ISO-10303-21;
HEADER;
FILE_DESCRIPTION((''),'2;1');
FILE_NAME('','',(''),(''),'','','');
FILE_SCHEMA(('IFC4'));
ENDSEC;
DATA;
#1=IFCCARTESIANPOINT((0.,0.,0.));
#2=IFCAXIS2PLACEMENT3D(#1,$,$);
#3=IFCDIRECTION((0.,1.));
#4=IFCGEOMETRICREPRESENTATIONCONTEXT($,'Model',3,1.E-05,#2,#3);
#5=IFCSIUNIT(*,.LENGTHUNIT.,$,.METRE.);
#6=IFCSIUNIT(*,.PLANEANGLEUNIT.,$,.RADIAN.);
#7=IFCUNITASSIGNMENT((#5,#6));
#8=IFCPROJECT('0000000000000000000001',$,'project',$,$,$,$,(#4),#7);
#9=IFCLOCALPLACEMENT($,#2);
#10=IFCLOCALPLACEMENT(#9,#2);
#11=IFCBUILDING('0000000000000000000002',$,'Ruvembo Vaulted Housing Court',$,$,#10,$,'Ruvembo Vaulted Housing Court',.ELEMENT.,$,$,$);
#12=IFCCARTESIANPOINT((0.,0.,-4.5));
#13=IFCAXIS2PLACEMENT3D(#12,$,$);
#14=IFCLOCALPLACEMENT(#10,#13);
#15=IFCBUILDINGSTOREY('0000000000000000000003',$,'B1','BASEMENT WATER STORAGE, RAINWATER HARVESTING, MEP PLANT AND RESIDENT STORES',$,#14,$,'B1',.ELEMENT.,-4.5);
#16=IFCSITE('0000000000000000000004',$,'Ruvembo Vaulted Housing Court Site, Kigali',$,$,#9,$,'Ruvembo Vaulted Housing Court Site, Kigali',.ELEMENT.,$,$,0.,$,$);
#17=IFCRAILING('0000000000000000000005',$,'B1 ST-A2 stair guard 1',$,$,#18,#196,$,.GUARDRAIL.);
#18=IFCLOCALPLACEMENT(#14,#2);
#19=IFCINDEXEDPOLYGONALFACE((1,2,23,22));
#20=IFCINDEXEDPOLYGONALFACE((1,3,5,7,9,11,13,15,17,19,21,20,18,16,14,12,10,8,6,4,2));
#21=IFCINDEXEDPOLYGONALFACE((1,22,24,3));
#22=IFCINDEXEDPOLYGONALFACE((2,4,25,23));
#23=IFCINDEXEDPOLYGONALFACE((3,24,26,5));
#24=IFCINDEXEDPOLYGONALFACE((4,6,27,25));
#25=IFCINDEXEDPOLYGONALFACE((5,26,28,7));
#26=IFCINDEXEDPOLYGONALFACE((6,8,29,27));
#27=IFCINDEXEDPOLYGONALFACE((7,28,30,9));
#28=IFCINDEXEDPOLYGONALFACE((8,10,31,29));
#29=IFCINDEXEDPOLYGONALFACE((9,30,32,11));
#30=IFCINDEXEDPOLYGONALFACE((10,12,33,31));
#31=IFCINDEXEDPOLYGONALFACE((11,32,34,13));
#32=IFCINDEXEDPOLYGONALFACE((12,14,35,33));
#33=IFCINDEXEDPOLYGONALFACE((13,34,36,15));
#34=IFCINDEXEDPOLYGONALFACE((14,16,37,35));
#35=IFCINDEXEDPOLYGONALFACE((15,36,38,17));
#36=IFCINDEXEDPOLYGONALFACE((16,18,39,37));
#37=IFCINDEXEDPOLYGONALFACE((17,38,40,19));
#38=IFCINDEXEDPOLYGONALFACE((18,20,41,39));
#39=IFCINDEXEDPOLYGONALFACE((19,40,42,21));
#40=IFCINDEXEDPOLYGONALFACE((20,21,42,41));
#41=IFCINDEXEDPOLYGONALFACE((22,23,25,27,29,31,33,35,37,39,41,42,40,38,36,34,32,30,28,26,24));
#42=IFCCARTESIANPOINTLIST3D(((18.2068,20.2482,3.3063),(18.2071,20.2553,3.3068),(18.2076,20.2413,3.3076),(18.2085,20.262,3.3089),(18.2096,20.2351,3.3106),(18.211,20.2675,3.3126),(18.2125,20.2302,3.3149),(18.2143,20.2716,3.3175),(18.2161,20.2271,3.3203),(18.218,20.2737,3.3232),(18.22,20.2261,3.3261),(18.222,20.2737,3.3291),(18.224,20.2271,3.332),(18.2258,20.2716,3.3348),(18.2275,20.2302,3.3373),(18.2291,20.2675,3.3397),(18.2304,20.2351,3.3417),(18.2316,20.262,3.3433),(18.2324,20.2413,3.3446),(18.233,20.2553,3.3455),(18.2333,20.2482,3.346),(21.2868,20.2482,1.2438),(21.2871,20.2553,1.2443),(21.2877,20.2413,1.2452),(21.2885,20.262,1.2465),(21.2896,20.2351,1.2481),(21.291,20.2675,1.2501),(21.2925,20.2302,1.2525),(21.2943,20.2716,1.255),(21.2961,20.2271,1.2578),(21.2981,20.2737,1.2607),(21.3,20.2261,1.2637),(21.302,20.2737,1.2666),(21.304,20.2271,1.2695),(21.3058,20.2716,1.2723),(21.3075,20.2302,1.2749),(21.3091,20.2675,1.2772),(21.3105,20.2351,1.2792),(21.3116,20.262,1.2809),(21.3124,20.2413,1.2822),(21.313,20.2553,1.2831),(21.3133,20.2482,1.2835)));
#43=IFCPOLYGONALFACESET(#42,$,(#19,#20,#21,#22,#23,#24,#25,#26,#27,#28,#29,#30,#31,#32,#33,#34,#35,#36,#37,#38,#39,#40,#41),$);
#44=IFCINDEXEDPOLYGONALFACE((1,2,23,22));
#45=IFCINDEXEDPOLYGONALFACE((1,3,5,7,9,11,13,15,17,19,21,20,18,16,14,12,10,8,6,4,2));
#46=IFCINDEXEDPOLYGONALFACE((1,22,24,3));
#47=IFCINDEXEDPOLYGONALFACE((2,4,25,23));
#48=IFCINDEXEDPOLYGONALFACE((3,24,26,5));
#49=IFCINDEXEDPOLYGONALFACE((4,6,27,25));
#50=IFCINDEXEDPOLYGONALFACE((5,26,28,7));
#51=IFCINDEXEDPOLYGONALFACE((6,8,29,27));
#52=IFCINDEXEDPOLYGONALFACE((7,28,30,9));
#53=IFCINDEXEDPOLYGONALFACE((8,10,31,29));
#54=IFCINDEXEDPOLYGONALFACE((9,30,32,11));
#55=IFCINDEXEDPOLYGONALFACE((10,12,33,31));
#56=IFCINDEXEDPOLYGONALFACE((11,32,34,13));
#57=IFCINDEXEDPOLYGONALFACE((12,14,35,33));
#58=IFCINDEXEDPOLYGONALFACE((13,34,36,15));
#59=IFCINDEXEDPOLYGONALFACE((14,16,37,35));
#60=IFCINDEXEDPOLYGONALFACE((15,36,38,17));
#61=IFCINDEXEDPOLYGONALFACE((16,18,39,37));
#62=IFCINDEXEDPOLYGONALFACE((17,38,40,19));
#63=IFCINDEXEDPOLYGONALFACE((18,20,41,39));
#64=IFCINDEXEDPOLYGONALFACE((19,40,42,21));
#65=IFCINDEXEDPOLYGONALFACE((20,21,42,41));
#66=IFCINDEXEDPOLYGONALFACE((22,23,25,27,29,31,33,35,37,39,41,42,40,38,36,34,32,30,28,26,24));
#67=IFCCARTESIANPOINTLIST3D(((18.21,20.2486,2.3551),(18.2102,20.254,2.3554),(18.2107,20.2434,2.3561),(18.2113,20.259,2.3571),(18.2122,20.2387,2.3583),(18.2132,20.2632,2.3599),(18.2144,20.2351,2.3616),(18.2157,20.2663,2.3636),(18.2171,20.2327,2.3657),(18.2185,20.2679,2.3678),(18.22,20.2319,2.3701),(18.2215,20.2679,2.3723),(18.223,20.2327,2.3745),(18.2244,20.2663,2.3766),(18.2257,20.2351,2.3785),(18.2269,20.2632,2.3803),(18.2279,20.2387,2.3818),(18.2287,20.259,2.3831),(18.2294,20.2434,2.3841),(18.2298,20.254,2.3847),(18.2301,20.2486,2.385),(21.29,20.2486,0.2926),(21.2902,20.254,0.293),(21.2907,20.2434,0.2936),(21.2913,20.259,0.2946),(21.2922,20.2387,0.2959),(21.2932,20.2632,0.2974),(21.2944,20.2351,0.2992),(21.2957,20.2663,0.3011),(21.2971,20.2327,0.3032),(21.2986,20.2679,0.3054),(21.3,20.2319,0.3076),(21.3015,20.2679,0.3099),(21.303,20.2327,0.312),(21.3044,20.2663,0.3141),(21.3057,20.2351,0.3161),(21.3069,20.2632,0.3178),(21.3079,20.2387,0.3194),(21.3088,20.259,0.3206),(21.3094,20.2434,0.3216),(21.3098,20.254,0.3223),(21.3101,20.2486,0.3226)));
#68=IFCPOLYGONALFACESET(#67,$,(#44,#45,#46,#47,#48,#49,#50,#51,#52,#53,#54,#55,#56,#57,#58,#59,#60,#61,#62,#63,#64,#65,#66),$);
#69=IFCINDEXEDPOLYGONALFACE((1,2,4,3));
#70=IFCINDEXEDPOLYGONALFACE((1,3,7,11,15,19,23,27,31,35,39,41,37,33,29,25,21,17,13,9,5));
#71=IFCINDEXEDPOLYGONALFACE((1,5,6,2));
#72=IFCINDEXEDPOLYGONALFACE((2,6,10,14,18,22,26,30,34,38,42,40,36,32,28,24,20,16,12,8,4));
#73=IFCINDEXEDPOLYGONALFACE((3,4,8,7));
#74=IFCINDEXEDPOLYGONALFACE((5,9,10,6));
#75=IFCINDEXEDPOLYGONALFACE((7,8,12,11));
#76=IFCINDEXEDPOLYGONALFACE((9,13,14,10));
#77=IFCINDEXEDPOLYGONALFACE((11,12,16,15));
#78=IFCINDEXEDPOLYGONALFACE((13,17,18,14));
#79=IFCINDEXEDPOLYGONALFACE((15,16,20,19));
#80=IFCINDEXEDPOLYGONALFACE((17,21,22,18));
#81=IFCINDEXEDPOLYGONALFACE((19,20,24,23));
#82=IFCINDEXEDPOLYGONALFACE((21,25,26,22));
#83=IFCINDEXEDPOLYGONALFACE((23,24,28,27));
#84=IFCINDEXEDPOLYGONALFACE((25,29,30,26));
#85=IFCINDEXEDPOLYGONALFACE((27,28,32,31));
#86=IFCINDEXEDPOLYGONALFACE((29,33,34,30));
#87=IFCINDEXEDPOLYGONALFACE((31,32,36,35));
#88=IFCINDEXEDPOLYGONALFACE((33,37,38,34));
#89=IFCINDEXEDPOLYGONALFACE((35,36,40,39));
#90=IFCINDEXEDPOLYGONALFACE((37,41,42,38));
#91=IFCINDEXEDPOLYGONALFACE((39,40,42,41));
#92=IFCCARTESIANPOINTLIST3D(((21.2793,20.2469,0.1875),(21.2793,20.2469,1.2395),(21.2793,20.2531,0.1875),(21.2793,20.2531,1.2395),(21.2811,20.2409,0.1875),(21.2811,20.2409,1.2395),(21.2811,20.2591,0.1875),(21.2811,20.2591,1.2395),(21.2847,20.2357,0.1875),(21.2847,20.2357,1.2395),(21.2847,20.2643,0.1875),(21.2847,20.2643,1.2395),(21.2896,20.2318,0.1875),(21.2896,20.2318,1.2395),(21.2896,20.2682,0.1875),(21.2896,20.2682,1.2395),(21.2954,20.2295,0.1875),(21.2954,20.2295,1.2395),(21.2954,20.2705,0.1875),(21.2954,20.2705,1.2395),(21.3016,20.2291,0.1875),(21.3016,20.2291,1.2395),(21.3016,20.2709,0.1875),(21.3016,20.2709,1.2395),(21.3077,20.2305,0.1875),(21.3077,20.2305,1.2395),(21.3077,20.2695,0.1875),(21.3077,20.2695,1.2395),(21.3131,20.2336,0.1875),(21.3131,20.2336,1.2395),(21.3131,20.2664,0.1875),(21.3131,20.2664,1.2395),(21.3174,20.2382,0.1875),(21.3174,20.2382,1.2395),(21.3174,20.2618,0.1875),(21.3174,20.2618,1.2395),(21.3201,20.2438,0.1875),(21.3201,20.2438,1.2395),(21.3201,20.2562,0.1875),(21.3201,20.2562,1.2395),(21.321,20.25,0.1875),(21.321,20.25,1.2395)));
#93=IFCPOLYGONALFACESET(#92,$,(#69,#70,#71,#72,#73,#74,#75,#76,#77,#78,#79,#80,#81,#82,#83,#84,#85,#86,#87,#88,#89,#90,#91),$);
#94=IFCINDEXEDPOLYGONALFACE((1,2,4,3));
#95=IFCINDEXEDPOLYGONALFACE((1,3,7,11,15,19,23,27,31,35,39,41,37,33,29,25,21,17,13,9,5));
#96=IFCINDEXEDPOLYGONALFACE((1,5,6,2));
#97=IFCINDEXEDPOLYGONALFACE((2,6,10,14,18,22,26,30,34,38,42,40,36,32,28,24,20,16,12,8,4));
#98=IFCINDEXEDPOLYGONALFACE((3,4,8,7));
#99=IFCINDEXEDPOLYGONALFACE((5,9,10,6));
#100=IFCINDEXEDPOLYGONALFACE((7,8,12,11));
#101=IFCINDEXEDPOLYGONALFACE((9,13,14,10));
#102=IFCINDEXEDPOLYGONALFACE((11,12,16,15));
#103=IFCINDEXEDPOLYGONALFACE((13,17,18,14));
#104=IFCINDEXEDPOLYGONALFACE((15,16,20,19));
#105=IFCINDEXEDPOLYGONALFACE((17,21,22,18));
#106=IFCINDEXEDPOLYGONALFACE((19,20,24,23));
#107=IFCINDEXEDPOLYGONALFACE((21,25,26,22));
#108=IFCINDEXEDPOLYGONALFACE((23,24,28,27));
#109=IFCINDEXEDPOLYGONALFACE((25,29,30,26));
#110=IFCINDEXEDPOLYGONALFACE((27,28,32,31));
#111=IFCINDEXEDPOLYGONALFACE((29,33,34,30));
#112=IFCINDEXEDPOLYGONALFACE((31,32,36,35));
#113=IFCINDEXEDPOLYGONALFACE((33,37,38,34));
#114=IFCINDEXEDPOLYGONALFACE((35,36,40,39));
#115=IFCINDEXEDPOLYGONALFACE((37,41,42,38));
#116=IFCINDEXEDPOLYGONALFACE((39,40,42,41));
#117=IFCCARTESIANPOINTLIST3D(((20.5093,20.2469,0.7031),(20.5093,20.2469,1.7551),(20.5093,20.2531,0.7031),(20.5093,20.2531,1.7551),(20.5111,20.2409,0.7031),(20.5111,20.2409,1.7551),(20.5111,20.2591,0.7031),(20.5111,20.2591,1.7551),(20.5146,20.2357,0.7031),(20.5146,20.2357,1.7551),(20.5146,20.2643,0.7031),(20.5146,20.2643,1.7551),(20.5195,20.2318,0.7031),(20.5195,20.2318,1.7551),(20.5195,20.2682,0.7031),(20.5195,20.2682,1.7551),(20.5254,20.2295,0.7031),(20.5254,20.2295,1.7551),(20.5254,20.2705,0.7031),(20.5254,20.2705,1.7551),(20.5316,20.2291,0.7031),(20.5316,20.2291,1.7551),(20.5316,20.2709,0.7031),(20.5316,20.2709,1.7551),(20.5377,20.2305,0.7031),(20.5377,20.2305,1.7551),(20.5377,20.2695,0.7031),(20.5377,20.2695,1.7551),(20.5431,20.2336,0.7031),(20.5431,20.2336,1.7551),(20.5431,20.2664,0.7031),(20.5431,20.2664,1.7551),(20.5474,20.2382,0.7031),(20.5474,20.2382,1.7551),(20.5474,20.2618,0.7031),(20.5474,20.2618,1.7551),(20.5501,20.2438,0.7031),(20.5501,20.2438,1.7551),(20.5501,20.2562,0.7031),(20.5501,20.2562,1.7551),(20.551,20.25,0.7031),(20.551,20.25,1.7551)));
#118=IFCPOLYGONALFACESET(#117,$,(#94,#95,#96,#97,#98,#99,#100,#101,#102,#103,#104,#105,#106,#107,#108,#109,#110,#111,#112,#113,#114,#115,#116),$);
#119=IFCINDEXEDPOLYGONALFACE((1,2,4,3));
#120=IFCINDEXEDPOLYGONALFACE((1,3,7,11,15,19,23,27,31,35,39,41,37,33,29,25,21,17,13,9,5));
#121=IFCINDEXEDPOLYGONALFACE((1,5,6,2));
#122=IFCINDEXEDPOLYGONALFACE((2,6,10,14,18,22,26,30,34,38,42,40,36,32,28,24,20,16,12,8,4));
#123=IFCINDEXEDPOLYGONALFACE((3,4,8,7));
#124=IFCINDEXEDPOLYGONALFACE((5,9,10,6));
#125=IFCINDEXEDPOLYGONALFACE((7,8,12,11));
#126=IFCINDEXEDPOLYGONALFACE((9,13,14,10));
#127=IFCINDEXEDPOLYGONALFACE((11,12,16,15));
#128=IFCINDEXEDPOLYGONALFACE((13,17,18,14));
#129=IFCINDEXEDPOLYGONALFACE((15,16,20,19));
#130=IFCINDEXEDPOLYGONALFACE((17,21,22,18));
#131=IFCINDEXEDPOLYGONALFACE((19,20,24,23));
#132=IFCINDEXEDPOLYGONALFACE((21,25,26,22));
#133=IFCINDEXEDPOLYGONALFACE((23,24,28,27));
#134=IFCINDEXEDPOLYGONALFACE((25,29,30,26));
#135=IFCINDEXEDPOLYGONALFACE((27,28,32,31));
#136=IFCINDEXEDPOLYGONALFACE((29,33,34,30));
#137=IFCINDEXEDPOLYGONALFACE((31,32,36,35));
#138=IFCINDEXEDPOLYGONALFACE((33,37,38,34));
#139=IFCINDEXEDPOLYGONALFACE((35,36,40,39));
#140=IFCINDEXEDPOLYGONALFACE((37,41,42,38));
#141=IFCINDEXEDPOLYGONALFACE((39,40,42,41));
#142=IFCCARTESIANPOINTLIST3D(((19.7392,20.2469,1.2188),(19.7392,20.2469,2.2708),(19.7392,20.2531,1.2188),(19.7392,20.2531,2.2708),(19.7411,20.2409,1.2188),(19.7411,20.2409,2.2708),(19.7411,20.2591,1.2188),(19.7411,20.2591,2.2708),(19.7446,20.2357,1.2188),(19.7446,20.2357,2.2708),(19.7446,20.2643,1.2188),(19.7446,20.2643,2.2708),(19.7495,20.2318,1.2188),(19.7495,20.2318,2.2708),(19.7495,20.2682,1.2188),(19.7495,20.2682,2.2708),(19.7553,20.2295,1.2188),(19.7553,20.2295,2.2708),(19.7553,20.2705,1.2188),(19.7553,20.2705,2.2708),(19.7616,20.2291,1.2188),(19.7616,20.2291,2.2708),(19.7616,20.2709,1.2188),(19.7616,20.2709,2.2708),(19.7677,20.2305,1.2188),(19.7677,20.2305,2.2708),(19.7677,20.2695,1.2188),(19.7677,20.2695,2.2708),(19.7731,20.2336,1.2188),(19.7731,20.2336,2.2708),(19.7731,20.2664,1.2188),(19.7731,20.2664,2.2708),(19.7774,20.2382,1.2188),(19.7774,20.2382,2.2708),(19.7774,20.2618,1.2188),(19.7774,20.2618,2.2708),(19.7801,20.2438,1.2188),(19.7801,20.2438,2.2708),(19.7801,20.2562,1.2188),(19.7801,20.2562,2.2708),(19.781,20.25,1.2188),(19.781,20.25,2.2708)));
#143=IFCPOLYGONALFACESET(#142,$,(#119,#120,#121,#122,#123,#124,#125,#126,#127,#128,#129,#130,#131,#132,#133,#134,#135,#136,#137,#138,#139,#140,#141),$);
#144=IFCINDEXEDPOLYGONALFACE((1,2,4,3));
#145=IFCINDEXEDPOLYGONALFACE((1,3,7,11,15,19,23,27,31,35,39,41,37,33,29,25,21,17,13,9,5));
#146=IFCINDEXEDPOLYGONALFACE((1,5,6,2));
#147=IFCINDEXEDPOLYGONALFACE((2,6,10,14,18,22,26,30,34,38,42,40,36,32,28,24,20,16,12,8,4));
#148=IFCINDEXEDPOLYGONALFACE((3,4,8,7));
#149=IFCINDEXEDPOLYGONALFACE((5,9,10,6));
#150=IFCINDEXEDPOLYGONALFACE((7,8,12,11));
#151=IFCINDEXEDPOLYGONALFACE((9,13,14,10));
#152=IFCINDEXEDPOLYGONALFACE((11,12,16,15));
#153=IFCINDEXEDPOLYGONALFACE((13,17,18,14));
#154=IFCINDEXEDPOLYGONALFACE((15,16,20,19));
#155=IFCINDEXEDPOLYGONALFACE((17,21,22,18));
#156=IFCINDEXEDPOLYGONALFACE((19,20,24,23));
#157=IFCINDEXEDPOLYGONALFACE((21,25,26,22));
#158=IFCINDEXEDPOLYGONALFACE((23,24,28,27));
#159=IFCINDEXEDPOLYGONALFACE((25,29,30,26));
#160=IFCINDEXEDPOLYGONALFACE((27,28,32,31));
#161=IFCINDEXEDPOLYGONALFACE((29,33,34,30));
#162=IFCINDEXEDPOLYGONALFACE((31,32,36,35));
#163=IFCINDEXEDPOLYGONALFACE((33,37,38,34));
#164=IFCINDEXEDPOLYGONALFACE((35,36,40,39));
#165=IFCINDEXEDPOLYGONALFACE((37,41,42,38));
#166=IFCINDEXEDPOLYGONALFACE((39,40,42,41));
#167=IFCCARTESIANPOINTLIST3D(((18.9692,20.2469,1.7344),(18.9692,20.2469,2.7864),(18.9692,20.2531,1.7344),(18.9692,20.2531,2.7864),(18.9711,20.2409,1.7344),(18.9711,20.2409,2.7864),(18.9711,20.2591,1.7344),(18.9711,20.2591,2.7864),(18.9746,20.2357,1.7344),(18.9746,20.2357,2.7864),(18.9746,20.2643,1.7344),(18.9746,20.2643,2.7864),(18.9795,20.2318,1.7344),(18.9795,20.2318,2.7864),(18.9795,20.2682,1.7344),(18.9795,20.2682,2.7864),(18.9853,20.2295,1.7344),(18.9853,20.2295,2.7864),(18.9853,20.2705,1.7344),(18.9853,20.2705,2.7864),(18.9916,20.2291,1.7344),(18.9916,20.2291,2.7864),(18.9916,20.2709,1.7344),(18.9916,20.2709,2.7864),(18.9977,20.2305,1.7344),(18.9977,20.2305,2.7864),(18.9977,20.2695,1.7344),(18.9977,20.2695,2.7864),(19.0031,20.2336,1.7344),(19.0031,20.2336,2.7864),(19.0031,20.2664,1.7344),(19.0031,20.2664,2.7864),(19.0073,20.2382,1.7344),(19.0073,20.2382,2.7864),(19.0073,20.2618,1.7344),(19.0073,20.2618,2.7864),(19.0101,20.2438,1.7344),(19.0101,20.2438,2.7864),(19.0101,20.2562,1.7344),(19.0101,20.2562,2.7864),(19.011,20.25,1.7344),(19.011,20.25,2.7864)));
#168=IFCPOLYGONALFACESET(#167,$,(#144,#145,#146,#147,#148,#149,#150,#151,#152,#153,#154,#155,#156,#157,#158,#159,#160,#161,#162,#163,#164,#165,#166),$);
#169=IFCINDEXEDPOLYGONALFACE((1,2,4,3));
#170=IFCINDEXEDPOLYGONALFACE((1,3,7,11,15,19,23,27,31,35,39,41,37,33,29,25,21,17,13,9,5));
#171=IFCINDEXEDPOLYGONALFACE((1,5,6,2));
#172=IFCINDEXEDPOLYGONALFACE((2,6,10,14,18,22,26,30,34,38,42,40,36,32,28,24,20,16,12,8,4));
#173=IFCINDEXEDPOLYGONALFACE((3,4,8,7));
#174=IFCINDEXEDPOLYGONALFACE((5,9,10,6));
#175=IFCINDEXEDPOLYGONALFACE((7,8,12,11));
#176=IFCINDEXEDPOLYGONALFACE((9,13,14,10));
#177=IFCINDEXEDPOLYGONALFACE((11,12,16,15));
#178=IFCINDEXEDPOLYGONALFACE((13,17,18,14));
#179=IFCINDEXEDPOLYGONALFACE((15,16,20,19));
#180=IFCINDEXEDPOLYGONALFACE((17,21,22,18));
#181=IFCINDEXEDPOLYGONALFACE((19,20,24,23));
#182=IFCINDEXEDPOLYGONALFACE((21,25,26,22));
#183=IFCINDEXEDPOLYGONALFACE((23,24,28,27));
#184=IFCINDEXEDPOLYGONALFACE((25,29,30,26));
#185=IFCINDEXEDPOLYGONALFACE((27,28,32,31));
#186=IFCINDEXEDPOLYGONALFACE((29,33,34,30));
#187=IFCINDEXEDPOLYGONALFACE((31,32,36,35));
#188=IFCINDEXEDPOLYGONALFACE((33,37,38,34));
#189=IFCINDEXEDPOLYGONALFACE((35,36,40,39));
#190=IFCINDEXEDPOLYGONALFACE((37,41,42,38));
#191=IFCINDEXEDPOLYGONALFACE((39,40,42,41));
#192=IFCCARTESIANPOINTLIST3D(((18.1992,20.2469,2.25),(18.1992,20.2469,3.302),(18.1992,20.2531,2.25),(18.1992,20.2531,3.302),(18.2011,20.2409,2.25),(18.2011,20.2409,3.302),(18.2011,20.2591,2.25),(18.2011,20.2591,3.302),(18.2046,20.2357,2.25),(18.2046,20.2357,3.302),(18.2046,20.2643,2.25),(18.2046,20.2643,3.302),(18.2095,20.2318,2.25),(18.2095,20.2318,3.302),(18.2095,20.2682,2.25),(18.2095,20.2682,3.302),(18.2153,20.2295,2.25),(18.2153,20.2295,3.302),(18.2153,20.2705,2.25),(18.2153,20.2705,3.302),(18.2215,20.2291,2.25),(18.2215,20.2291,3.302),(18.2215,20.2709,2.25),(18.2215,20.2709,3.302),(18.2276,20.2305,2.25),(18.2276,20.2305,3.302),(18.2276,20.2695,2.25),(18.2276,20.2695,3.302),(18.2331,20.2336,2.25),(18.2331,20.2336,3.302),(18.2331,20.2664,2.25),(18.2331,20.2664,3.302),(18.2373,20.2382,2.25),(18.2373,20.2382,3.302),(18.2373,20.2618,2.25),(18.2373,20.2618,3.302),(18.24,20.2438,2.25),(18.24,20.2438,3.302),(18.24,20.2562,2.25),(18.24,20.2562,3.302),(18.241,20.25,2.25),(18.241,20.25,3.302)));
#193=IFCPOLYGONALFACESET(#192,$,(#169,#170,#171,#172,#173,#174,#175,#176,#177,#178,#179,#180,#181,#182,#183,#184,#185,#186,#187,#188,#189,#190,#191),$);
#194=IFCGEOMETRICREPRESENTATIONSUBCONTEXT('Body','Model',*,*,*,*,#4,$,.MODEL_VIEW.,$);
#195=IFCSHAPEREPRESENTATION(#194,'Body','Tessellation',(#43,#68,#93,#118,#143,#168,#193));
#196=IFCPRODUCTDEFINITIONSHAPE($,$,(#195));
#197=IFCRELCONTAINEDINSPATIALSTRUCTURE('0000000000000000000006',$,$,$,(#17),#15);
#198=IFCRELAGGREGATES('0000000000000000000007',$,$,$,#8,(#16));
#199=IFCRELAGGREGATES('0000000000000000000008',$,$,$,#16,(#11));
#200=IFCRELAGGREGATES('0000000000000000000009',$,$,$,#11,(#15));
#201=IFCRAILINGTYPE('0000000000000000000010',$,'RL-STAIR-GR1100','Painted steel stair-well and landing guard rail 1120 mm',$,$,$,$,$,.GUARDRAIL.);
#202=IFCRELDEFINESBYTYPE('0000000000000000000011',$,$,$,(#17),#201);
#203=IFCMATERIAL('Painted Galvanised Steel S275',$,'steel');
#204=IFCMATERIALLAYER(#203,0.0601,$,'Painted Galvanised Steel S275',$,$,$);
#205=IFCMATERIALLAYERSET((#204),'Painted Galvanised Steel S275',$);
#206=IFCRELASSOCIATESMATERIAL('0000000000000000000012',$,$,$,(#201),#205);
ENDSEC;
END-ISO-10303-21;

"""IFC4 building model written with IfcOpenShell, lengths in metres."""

from ifc_helpers import new_model, si_unit, direction, frame, origin, origin_2d, place, context, subcontext, project, spatial, circle, extrude, material, layer, layer_set, type_object, element, save


model = new_model("IFC4")

# Units and contexts
model_context = context("Model", 3, precision=1e-05, world=origin(), true_north=direction((0.0, 1.0)))
body_context = subcontext(model_context, "Body", "Model", "MODEL_VIEW")
ifc_project = project(units=[si_unit("LENGTHUNIT", "METRE"), si_unit("PLANEANGLEUNIT", "RADIAN")], contexts=[model_context])

# Site, building, storey
site_placement = place(None, origin())
site = spatial("IfcSite", under=ifc_project, at=site_placement, Name="Ruvembo Vaulted Housing Court Site, Kigali", LongName="Ruvembo Vaulted Housing Court Site, Kigali", CompositionType="ELEMENT", RefElevation=0.0)
building_placement = place(site_placement, origin())
building = spatial("IfcBuilding", under=site, at=building_placement, Name="Ruvembo Vaulted Housing Court", LongName="Ruvembo Vaulted Housing Court", CompositionType="ELEMENT")
storey_placement = place(building_placement, frame((0.0, 0.0, -4.5)))
storey = spatial("IfcBuildingStorey", under=building, at=storey_placement, Name="B1", Description="BASEMENT WATER STORAGE, RAINWATER HARVESTING, MEP PLANT AND RESIDENT STORES", LongName="B1", CompositionType="ELEMENT", Elevation=-4.5)

# Railing
ifc_material_1 = material(Name="Painted Galvanised Steel S275", Category="steel")
ifc_layer_1 = layer(ifc_material_1, 0.0601, Name="Painted Galvanised Steel S275")
ifc_layer_set_1 = layer_set([ifc_layer_1], Name="Painted Galvanised Steel S275")
railing_type_1 = type_object("IfcRailingType", Name="RL-STAIR-GR1100", Description="Painted steel stair-well and landing guard rail 1120 mm", PredefinedType="GUARDRAIL", material=ifc_layer_set_1)
railing_1_placement = place(storey_placement, frame((21.3, 20.25, 0.1875)))
element("IfcRailing", 1, at=railing_1_placement, inside=storey, type_object=railing_type_1, Name="B1 ST-A2 stair guard 1", PredefinedType="GUARDRAIL", context=body_context, shape_type="SweptSolid", body=[
    extrude(circle(Radius=0.0239, at=origin_2d()), frame((0.0, 0.0, 1.0762), z_axis=(-0.830914, 0.0, 0.556401), x_axis=(0.0, -1.0, 0.0)), (0.0, 0.0, 1.0), 3.7068),
    extrude(circle(Radius=0.0181, at=origin_2d()), frame((0.0, 0.0, 0.1201), z_axis=(-0.830914, 0.0, 0.556401), x_axis=(0.0, -1.0, 0.0)), (0.0, 0.0, 1.0), 3.7068),
    extrude(circle(Radius=0.021, at=origin_2d()), origin(), (0.0, 0.0, 1.0), 1.052),
    extrude(circle(Radius=0.021, at=origin_2d()), frame((-0.77, 0.0, 0.5156)), (0.0, 0.0, 1.0), 1.052),
    extrude(circle(Radius=0.021, at=origin_2d()), frame((-1.54, 0.0, 1.0312)), (0.0, 0.0, 1.0), 1.052),
    extrude(circle(Radius=0.021, at=origin_2d()), frame((-2.3101, 0.0, 1.5469)), (0.0, 0.0, 1.0), 1.052),
    extrude(circle(Radius=0.021, at=origin_2d()), frame((-3.0801, 0.0, 2.0625)), (0.0, 0.0, 1.0), 1.052),
])

save(model, "model.ifc")
